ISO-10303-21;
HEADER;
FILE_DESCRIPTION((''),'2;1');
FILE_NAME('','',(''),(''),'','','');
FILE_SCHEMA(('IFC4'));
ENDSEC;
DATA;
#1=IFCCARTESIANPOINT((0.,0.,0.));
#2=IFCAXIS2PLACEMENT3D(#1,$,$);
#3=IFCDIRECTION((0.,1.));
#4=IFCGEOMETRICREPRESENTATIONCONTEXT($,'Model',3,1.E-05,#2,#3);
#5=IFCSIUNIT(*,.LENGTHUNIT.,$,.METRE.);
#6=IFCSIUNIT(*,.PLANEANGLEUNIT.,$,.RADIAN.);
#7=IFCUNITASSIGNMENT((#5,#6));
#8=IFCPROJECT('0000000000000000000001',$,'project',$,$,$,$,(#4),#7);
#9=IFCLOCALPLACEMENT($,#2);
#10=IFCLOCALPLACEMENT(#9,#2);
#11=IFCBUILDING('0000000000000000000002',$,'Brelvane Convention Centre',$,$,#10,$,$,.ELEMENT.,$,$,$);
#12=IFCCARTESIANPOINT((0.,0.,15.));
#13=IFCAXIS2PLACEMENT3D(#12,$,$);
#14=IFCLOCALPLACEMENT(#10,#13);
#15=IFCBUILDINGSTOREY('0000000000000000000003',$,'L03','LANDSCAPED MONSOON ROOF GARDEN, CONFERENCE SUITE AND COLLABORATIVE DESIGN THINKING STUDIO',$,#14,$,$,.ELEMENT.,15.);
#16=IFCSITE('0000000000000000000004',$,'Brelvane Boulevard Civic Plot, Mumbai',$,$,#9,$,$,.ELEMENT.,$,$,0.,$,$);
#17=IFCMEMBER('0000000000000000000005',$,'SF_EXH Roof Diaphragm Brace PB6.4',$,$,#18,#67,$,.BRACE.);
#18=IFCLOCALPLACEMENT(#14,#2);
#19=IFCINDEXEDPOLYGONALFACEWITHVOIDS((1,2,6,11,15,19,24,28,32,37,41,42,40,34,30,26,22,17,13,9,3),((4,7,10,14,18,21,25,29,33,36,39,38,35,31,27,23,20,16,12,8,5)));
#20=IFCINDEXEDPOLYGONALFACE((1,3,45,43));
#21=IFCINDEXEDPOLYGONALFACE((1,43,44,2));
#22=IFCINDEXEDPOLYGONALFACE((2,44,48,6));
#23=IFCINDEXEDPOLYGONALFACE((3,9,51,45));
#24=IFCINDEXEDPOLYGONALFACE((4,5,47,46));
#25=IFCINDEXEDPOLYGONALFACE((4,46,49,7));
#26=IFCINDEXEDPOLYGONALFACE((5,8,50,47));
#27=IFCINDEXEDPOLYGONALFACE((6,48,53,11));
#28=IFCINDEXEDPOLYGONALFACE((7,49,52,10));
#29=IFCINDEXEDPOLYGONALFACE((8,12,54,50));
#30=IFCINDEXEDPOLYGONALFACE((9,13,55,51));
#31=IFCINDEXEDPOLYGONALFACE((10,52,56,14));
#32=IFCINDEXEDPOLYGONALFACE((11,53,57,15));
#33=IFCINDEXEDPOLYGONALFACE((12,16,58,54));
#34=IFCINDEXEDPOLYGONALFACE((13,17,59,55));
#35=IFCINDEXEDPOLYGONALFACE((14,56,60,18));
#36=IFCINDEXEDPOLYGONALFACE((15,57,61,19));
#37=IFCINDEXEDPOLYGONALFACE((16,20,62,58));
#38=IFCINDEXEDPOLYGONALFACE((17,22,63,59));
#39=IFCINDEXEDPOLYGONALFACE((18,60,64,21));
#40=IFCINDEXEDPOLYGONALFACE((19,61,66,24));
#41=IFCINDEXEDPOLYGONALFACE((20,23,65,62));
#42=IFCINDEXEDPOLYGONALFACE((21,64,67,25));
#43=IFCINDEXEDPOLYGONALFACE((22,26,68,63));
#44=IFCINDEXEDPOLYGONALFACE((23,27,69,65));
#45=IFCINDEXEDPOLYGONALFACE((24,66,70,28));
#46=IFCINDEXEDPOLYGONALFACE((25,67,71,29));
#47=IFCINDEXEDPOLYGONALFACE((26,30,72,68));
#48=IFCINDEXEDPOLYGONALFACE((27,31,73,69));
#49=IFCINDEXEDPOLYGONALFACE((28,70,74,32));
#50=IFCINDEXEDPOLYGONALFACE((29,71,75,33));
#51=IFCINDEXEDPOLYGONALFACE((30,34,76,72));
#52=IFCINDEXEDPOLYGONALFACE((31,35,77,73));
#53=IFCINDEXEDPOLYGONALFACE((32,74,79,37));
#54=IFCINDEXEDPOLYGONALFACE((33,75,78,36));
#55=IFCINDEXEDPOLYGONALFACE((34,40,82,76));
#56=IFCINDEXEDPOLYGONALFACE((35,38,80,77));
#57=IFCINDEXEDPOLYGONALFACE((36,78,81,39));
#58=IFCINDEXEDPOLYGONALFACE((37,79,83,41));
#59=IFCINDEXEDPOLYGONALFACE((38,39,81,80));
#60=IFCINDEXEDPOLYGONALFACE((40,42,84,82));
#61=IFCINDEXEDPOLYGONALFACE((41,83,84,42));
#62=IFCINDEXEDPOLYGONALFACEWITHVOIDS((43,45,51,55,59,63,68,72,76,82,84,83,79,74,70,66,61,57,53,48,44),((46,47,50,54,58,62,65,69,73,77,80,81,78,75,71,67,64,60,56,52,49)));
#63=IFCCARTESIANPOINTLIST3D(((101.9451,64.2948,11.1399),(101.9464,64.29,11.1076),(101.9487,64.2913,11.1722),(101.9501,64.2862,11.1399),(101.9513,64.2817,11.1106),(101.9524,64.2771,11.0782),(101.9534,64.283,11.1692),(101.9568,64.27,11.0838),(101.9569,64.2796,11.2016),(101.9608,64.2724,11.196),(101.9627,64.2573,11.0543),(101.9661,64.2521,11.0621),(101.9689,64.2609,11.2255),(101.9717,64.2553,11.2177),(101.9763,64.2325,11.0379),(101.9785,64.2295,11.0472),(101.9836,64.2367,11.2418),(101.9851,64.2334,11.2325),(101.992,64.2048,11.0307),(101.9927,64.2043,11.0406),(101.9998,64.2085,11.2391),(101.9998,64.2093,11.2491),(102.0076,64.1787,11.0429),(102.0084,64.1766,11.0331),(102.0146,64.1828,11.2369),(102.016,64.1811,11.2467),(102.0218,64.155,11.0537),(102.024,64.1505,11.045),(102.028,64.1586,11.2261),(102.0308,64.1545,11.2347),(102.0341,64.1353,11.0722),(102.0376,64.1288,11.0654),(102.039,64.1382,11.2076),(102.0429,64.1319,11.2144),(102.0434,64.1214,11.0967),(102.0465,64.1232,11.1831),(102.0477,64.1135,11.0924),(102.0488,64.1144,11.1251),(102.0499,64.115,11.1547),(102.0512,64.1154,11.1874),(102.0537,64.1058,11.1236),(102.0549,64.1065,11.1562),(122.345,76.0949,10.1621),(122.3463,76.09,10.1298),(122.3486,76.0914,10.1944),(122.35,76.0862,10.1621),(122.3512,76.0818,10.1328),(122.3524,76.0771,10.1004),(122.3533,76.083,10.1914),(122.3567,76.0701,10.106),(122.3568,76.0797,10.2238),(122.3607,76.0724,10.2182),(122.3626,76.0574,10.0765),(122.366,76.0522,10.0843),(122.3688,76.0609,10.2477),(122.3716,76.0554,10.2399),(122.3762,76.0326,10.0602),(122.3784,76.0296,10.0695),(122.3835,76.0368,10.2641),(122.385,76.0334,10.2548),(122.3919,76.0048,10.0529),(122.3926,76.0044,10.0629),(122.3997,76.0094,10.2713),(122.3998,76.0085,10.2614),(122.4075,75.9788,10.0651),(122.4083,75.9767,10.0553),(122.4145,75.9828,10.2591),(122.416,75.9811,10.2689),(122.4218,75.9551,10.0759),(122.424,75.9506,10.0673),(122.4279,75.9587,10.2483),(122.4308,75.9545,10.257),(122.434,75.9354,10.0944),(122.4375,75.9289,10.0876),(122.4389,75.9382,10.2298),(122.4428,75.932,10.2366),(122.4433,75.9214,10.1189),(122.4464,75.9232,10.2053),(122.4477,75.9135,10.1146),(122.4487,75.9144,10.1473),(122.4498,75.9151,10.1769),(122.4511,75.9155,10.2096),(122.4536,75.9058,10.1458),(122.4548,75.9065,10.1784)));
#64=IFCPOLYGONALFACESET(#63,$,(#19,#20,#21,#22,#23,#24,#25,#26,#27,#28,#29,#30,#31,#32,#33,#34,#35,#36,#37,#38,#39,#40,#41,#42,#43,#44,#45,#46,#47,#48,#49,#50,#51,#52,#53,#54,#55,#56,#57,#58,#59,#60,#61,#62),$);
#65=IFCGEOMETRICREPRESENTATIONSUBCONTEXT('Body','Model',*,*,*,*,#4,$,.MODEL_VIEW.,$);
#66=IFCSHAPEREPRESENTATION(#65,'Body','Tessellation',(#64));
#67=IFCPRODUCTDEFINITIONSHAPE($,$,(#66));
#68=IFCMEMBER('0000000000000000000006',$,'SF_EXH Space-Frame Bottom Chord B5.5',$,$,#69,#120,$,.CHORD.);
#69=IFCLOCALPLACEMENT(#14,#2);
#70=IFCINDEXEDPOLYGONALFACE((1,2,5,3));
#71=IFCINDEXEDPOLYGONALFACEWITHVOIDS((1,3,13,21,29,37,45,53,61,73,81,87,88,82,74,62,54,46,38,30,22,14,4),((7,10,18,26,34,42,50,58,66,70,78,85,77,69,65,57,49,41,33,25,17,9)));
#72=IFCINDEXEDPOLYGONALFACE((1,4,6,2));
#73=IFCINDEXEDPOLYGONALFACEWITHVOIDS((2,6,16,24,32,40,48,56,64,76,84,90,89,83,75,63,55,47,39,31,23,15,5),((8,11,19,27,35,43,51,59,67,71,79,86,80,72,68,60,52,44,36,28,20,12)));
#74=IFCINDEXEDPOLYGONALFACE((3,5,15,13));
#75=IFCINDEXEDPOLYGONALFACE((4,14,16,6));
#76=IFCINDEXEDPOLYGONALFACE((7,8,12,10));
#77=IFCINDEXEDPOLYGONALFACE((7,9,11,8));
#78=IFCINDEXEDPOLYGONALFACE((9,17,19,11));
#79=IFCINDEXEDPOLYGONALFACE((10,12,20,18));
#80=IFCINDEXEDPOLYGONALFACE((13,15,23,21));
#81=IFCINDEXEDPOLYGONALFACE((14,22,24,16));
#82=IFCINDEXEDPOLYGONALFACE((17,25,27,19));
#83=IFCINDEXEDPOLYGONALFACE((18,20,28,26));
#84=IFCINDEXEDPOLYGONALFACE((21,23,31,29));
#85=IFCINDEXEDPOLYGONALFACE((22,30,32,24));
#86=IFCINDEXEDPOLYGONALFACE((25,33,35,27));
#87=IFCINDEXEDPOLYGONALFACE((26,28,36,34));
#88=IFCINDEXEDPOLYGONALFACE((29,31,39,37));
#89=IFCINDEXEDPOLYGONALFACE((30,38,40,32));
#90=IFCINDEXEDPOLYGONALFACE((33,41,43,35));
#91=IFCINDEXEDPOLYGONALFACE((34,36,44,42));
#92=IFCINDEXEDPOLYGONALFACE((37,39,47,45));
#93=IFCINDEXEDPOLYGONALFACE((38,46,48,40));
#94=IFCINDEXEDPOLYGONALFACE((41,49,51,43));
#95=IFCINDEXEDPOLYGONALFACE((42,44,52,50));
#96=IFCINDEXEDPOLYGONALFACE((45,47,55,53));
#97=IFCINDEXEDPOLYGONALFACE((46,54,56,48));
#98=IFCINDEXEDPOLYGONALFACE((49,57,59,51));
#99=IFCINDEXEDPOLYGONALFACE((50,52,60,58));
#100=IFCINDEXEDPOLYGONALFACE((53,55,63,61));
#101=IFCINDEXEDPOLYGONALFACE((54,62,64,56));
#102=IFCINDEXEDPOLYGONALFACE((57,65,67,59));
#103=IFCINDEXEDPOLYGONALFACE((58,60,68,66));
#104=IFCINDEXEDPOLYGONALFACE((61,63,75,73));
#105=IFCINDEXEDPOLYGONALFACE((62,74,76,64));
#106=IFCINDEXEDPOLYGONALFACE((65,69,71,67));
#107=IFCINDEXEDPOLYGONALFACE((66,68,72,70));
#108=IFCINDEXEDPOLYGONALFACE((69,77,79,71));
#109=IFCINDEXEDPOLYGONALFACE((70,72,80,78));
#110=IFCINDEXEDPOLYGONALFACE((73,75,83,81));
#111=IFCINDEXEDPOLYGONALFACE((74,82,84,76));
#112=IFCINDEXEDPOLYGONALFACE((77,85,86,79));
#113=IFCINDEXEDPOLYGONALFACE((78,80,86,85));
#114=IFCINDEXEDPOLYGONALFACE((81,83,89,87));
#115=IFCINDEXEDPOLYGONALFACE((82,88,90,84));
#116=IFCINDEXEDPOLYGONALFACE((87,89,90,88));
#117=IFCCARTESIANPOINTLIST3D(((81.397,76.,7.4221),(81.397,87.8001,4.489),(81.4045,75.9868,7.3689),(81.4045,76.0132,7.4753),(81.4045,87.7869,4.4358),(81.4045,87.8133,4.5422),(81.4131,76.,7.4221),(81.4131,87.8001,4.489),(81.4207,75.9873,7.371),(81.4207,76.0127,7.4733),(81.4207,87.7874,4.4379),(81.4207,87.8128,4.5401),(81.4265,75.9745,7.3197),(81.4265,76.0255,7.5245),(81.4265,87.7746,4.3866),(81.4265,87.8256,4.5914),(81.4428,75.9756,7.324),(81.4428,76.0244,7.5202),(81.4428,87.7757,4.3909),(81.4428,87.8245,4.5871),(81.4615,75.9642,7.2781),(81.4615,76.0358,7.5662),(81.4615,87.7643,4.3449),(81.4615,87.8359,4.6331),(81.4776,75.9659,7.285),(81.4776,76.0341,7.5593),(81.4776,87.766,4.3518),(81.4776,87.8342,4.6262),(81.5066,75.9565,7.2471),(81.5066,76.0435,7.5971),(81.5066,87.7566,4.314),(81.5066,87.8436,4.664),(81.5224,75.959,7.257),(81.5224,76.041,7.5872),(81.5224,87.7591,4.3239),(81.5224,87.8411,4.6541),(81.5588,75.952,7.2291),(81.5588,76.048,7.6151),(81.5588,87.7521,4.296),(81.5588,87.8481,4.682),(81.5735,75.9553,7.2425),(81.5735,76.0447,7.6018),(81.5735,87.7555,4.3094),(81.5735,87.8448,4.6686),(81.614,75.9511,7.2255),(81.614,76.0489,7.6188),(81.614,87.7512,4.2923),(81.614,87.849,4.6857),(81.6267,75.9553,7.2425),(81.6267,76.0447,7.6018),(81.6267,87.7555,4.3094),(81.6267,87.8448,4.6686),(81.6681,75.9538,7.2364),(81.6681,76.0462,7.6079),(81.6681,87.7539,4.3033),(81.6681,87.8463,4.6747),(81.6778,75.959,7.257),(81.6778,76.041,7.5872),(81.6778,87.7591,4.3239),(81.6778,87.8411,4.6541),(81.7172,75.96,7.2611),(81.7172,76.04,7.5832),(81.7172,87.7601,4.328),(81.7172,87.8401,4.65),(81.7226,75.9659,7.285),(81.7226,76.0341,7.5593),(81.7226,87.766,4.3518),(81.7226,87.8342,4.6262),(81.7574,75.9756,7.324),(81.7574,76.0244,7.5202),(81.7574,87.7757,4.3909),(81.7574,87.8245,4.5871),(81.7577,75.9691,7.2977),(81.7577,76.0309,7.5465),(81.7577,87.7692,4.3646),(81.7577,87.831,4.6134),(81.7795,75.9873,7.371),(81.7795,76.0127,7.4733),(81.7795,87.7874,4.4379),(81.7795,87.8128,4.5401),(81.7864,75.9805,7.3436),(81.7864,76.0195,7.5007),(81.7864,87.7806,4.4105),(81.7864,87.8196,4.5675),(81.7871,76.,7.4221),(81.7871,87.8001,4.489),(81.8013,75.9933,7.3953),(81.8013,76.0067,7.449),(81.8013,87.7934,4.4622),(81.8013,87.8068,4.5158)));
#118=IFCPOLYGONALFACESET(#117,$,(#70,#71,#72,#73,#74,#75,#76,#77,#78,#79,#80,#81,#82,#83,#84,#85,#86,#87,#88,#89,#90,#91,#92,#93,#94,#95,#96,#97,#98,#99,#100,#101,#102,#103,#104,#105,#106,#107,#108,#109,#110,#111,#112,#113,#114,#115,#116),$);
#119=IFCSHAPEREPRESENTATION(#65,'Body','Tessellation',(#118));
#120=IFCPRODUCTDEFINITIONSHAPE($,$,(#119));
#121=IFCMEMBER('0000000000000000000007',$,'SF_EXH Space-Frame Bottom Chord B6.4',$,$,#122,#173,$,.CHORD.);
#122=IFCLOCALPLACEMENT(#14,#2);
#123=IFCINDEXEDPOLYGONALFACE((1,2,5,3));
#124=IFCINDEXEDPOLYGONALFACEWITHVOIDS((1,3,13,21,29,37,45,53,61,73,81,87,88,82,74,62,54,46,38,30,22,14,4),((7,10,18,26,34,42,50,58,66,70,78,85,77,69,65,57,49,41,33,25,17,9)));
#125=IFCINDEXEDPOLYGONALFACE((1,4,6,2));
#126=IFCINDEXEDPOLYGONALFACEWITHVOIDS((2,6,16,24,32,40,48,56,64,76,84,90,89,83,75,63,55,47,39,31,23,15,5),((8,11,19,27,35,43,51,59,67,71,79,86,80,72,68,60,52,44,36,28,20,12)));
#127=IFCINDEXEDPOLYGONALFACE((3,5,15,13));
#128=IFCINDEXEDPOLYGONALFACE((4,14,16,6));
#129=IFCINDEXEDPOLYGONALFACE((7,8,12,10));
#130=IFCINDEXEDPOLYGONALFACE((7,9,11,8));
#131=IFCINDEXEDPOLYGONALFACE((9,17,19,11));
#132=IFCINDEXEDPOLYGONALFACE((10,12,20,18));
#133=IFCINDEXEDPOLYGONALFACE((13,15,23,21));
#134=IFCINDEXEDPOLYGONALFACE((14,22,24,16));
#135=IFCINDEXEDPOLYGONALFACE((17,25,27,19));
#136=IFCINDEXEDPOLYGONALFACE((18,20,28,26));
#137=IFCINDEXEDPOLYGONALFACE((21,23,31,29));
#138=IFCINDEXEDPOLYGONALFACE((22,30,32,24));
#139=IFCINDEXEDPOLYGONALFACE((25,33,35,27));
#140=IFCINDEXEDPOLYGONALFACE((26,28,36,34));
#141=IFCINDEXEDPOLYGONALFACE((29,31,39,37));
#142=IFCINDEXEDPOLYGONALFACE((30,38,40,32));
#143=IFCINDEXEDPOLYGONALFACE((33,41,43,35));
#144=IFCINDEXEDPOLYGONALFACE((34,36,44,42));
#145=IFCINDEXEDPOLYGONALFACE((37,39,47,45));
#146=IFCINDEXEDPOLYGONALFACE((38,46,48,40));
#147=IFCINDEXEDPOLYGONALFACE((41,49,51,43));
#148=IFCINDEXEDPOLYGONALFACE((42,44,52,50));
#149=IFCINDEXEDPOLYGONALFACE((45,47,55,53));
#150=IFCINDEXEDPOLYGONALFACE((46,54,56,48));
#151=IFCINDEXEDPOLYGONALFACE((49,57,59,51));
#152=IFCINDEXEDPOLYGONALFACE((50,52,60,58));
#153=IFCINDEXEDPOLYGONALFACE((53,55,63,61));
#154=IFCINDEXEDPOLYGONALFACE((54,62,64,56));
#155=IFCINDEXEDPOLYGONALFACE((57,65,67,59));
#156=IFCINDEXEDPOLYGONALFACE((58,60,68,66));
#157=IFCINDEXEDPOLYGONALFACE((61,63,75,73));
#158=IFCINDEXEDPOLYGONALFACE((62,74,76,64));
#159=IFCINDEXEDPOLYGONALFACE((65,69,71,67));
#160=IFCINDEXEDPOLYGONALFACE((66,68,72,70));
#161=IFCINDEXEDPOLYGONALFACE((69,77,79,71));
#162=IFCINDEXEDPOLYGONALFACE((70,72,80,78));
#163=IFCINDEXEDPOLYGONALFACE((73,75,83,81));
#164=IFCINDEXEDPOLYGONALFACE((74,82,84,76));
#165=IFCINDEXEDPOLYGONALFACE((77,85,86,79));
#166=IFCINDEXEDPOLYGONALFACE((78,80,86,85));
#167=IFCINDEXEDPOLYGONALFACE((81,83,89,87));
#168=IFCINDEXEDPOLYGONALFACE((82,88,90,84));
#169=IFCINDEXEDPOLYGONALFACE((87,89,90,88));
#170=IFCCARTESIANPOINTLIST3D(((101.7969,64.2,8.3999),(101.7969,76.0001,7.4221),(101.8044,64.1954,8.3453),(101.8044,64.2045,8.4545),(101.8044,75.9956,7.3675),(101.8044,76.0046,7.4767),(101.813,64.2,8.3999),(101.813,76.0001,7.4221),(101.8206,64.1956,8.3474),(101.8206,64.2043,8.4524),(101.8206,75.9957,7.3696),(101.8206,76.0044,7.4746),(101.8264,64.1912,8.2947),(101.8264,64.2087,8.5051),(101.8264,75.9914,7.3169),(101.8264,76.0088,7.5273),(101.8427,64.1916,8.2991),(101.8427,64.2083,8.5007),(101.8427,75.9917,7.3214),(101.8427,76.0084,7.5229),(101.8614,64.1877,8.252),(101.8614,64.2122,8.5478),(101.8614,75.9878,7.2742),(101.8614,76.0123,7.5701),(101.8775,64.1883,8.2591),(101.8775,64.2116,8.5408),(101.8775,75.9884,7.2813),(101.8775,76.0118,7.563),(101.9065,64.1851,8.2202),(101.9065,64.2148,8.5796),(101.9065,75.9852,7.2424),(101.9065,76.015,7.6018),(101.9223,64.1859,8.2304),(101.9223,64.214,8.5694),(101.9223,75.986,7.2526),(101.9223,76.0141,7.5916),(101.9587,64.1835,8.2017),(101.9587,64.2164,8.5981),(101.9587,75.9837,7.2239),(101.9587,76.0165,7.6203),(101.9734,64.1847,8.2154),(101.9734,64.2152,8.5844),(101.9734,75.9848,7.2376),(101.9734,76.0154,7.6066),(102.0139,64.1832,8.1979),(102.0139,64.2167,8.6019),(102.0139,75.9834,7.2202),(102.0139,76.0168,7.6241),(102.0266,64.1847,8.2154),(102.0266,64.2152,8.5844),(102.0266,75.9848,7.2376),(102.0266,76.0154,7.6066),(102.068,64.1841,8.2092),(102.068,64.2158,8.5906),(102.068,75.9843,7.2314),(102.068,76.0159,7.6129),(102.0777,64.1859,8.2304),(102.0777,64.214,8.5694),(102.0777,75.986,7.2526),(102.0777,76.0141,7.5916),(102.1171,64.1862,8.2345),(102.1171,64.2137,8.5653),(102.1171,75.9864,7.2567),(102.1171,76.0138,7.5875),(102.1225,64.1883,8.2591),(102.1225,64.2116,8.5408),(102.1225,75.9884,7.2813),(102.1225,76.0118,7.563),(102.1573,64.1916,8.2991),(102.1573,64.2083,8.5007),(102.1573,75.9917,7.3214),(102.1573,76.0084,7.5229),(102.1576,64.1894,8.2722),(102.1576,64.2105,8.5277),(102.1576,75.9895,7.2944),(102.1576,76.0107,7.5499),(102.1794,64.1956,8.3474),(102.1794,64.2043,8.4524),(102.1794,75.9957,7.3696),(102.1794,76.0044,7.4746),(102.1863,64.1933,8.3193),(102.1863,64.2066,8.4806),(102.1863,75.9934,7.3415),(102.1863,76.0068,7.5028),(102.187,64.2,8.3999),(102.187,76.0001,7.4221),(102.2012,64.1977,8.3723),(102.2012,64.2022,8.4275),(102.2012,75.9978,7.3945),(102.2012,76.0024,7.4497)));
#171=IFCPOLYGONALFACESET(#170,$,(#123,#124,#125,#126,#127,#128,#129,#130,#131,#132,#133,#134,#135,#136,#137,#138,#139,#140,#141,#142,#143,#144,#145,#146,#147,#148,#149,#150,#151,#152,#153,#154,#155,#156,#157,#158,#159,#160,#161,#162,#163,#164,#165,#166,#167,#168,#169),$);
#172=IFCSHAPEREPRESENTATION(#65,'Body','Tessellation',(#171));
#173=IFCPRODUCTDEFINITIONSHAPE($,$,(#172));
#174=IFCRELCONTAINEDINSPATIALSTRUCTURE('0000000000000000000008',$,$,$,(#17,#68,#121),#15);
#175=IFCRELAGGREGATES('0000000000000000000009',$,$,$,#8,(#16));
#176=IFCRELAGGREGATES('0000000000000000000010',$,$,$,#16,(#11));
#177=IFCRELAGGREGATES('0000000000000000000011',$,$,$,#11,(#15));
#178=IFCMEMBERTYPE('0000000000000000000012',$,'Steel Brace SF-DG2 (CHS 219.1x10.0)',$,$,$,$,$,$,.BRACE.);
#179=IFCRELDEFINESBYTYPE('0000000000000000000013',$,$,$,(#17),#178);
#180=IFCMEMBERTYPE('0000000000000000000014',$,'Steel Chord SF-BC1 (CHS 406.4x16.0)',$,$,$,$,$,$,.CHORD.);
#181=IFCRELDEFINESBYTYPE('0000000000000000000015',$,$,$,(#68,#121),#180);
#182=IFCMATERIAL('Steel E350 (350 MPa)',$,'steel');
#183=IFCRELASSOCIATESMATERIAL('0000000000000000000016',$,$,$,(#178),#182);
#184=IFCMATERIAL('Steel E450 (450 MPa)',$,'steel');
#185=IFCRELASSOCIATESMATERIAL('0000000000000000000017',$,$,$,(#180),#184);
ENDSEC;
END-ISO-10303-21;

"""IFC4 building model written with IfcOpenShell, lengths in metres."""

from ifc_helpers import new_model, si_unit, direction, frame, origin, origin_2d, place, context, subcontext, project, spatial, hollow_circle, extrude, material, material_profile, profile_set, type_object, element, save


model = new_model("IFC4")

# Units and contexts
model_context = context("Model", 3, precision=1e-05, world=origin(), true_north=direction((0.0, 1.0)))
body_context = subcontext(model_context, "Body", "Model", "MODEL_VIEW")
ifc_project = project(units=[si_unit("LENGTHUNIT", "METRE"), si_unit("PLANEANGLEUNIT", "RADIAN")], contexts=[model_context])

# Site, building, storey
site_placement = place(None, origin())
site = spatial("IfcSite", under=ifc_project, at=site_placement, Name="Brelvane Boulevard Civic Plot, Mumbai", CompositionType="ELEMENT", RefElevation=0.0)
building_placement = place(site_placement, origin())
building = spatial("IfcBuilding", under=site, at=building_placement, Name="Brelvane Convention Centre", CompositionType="ELEMENT")
storey_placement = place(building_placement, frame((0.0, 0.0, 15.0)))
storey = spatial("IfcBuildingStorey", under=building, at=storey_placement, Name="L03", Description="LANDSCAPED MONSOON ROOF GARDEN, CONFERENCE SUITE AND COLLABORATIVE DESIGN THINKING STUDIO", CompositionType="ELEMENT", Elevation=15.0)

# Members
ifc_material_1 = material(Name="Steel E350 (350 MPa)", Category="steel")
ifc_material_profile_1 = material_profile(ifc_material_1, hollow_circle(Radius=0.1096, WallThickness=0.01, at=origin_2d()), Name="CHS 219.1x10.0")
ifc_profile_set_1 = profile_set([ifc_material_profile_1], Name="Steel E350 (350 MPa)")
member_type_1 = type_object("IfcMemberType", Name="Steel Brace SF-DG2 (CHS 219.1x10.0)", PredefinedType="BRACE", material=ifc_profile_set_1)
for number, where, z_axis, x_axis, name in (
    (1, (102.0, 64.2, 11.1399), (0.864874, 0.500275, -0.041454), (-0.500705, 0.865618, 0.0), "SF_EXH Roof Diaphragm Brace PB6.4"),
):
    element("IfcMember", number, at=place(storey_placement, frame(where, z_axis=z_axis, x_axis=x_axis)), inside=storey, type_object=member_type_1, Name=name, PredefinedType="BRACE", context=body_context, shape_type="SweptSolid", body=[
        extrude(hollow_circle(Radius=0.1096, WallThickness=0.01, at=origin_2d()), origin(), (0.0, 0.0, 1.0), 23.5872),
    ])
ifc_material_2 = material(Name="Steel E450 (450 MPa)", Category="steel")
ifc_material_profile_2 = material_profile(ifc_material_2, hollow_circle(Radius=0.2031, WallThickness=0.0161, at=origin_2d()), Name="CHS 406.4x16.0")
ifc_profile_set_2 = profile_set([ifc_material_profile_2], Name="Steel E450 (450 MPa)")
member_type_2 = type_object("IfcMemberType", Name="Steel Chord SF-BC1 (CHS 406.4x16.0)", PredefinedType="CHORD", material=ifc_profile_set_2)
member_1_placement = place(storey_placement, frame((81.6001, 76.0, 7.4221), z_axis=(0.0, 0.970469, -0.241227), x_axis=(-1.0, 0.0, 0.0)))
element("IfcMember", 2, at=member_1_placement, inside=storey, type_object=member_type_2, Name="SF_EXH Space-Frame Bottom Chord B5.5", PredefinedType="CHORD", context=body_context, shape_type="SweptSolid", body=[
    extrude(hollow_circle(Radius=0.2031, WallThickness=0.0161, at=origin_2d()), origin(), (0.0, 0.0, 1.0), 12.1592),
])
member_2_placement = place(storey_placement, frame((102.0, 64.2, 8.3999), z_axis=(0.0, 0.996584, -0.08258), x_axis=(-1.0, 0.0, 0.0)))
element("IfcMember", 3, at=member_2_placement, inside=storey, type_object=member_type_2, Name="SF_EXH Space-Frame Bottom Chord B6.4", PredefinedType="CHORD", context=body_context, shape_type="SweptSolid", body=[
    extrude(hollow_circle(Radius=0.2031, WallThickness=0.0161, at=origin_2d()), origin(), (0.0, 0.0, 1.0), 11.8406),
])

save(model, "model.ifc")
